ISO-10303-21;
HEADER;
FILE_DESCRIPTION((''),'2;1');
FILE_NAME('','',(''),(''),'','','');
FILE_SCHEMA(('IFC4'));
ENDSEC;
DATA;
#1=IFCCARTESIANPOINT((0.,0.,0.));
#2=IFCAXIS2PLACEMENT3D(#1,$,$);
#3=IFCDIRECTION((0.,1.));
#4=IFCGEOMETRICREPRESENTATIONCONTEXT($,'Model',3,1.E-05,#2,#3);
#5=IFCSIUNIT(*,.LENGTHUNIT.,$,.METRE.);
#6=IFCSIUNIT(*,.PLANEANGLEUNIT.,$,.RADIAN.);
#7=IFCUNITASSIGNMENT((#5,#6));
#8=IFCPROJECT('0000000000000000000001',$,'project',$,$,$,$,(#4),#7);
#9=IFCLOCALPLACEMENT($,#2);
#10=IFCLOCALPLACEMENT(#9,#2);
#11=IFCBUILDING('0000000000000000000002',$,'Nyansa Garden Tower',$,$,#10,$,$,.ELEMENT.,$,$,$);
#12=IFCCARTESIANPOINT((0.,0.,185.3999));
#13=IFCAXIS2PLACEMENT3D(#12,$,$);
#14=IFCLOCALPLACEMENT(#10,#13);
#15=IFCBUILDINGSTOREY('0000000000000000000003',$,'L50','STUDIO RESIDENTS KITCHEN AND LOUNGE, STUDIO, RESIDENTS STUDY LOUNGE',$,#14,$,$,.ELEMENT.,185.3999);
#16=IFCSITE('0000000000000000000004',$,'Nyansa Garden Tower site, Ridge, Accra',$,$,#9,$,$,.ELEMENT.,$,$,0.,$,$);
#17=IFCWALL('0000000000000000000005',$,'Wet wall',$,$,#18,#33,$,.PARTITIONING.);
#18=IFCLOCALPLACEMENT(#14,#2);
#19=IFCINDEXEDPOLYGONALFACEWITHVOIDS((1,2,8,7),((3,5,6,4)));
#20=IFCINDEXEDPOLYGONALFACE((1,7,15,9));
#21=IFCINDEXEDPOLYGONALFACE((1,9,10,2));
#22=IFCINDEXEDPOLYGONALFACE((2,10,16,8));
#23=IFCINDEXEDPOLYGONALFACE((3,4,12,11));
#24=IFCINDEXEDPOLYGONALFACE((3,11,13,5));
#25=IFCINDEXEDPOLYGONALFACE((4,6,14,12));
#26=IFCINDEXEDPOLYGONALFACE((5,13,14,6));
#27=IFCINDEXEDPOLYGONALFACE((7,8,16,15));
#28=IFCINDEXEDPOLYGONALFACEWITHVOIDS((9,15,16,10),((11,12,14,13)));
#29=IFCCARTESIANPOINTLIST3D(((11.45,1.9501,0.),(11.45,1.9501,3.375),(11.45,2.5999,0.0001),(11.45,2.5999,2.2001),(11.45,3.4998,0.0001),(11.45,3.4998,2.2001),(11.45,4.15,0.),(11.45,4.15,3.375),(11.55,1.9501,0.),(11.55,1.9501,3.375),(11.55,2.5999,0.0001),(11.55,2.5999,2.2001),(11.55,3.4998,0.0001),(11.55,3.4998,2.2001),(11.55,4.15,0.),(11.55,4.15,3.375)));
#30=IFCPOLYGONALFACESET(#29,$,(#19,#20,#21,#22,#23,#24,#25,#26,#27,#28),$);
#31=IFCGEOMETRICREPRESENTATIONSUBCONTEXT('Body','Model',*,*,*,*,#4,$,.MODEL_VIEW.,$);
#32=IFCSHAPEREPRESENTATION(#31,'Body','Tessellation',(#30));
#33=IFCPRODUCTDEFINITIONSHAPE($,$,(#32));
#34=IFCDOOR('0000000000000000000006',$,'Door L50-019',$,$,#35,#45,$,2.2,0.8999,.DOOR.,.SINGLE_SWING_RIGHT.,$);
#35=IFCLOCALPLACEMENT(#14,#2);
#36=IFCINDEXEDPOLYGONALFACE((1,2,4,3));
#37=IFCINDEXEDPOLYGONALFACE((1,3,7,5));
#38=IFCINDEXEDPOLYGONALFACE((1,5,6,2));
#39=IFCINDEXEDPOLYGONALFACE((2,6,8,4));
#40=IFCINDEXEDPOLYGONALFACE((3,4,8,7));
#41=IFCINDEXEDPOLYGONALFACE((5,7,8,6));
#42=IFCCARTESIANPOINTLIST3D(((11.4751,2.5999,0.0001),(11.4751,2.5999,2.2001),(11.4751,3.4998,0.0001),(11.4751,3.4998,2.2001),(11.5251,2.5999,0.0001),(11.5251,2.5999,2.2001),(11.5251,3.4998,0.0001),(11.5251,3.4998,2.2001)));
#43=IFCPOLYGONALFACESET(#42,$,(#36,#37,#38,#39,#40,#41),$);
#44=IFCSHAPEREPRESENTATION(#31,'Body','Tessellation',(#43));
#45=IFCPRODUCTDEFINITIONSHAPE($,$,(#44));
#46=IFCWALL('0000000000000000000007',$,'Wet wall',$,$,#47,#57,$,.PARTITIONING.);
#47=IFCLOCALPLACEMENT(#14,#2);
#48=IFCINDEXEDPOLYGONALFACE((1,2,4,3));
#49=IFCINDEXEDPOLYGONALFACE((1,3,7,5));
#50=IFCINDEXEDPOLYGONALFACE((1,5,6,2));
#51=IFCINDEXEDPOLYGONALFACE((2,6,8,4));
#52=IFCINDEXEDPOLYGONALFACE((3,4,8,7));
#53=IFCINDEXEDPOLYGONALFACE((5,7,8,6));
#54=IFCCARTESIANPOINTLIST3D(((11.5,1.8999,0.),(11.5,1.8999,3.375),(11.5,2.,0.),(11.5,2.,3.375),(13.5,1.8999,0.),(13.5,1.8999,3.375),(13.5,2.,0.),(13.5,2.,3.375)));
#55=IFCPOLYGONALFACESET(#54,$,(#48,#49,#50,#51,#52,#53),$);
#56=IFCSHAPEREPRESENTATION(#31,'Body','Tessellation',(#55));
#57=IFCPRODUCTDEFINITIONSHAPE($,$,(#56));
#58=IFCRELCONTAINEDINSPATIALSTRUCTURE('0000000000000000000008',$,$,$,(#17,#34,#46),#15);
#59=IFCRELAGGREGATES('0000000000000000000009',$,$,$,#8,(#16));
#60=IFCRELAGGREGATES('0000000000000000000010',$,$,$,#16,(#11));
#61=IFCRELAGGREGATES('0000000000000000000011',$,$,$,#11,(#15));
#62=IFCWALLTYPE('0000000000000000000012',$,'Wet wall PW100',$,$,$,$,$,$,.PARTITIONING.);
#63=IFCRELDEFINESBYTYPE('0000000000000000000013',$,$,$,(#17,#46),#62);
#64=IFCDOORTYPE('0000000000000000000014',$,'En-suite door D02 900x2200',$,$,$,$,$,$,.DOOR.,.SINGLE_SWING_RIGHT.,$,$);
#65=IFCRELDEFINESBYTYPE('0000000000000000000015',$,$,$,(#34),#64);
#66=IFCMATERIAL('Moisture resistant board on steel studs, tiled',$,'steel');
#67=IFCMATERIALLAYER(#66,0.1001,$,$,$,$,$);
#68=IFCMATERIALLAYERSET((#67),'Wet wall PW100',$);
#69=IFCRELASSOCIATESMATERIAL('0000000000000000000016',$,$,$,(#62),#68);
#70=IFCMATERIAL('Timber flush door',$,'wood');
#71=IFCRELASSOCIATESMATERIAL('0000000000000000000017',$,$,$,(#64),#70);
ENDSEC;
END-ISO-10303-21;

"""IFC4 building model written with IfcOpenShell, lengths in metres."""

from ifc_helpers import new_model, si_unit, direction, frame, frame_2d, origin, place, context, subcontext, project, spatial, rectangle, extrude, material, layer, layer_set, type_object, element, fill, save


model = new_model("IFC4")

# Units and contexts
model_context = context("Model", 3, precision=1e-05, world=origin(), true_north=direction((0.0, 1.0)))
body_context = subcontext(model_context, "Body", "Model", "MODEL_VIEW")
ifc_project = project(units=[si_unit("LENGTHUNIT", "METRE"), si_unit("PLANEANGLEUNIT", "RADIAN")], contexts=[model_context])

# Site, building, storey
site_placement = place(None, origin())
site = spatial("IfcSite", under=ifc_project, at=site_placement, Name="Nyansa Garden Tower site, Ridge, Accra", CompositionType="ELEMENT", RefElevation=0.0)
building_placement = place(site_placement, origin())
building = spatial("IfcBuilding", under=site, at=building_placement, Name="Nyansa Garden Tower", CompositionType="ELEMENT")
storey_placement = place(building_placement, frame((0.0, 0.0, 185.3999)))
storey = spatial("IfcBuildingStorey", under=building, at=storey_placement, Name="L50", Description="STUDIO RESIDENTS KITCHEN AND LOUNGE, STUDIO, RESIDENTS STUDY LOUNGE", CompositionType="ELEMENT", Elevation=185.3999)

# Wall, opening, door
ifc_material_1 = material(Name="Moisture resistant board on steel studs, tiled", Category="steel")
ifc_layer_1 = layer(ifc_material_1, 0.1001)
ifc_layer_set_1 = layer_set([ifc_layer_1], Name="Wet wall PW100")
wall_type_1 = type_object("IfcWallType", Name="Wet wall PW100", PredefinedType="PARTITIONING", material=ifc_layer_set_1)
wall_1_placement = place(storey_placement, frame((11.5, 1.95, 0.0), z_axis=(0.0, 0.0, 1.0), x_axis=(0.0, 1.0, 0.0)))
wall_1 = element("IfcWall", 1, at=wall_1_placement, inside=storey, type_object=wall_type_1, Name="Wet wall", PredefinedType="PARTITIONING", context=body_context, shape_type="SweptSolid", body=[
    extrude(rectangle(XDim=2.2, YDim=0.1001, at=frame_2d((1.1001, 0.0))), origin(), (0.0, 0.0, 1.0), 3.375),
])
opening_placement = place(wall_1_placement, frame((0.6499, 0.0, 0.0)))
opening = element("IfcOpeningElement", 2, at=opening_placement, cuts=wall_1, PredefinedType="OPENING", context=body_context, shape_type="SweptSolid", body=[
    extrude(rectangle(XDim=0.8999, YDim=2.2, at=frame_2d((0.45, 1.1001))), frame((0.0, 0.0601, 0.0), z_axis=(0.0, -1.0, 0.0), x_axis=(1.0, 0.0, 0.0)), (0.0, 0.0, 1.0), 0.1201),
])
ifc_material_2 = material(Name="Timber flush door", Category="wood")
door_type = type_object("IfcDoorType", Name="En-suite door D02 900x2200", OperationType="SINGLE_SWING_RIGHT", PredefinedType="DOOR", material=ifc_material_2)
door_placement = place(opening_placement, origin())
door = element("IfcDoor", 3, at=door_placement, inside=storey, type_object=door_type, Name="Door L50-019", OperationType="SINGLE_SWING_RIGHT", OverallHeight=2.2, OverallWidth=0.8999, PredefinedType="DOOR", context=body_context, shape_type="SweptSolid", body=[
    extrude(rectangle(XDim=0.8999, YDim=2.2, at=frame_2d((0.45, 1.1001))), frame((0.0, 0.0249, 0.0), z_axis=(0.0, -1.0, 0.0), x_axis=(1.0, 0.0, 0.0)), (0.0, 0.0, 1.0), 0.05),
])
fill(opening, door)

# Wall
wall_2_placement = place(storey_placement, frame((11.5, 1.95, 0.0), z_axis=(0.0, 0.0, 1.0), x_axis=(1.0, 0.0, 0.0)))
element("IfcWall", 4, at=wall_2_placement, inside=storey, type_object=wall_type_1, Name="Wet wall", PredefinedType="PARTITIONING", context=body_context, shape_type="SweptSolid", body=[
    extrude(rectangle(XDim=2.0, YDim=0.1001, at=frame_2d((1.0, 0.0))), origin(), (0.0, 0.0, 1.0), 3.375),
])

save(model, "model.ifc")
